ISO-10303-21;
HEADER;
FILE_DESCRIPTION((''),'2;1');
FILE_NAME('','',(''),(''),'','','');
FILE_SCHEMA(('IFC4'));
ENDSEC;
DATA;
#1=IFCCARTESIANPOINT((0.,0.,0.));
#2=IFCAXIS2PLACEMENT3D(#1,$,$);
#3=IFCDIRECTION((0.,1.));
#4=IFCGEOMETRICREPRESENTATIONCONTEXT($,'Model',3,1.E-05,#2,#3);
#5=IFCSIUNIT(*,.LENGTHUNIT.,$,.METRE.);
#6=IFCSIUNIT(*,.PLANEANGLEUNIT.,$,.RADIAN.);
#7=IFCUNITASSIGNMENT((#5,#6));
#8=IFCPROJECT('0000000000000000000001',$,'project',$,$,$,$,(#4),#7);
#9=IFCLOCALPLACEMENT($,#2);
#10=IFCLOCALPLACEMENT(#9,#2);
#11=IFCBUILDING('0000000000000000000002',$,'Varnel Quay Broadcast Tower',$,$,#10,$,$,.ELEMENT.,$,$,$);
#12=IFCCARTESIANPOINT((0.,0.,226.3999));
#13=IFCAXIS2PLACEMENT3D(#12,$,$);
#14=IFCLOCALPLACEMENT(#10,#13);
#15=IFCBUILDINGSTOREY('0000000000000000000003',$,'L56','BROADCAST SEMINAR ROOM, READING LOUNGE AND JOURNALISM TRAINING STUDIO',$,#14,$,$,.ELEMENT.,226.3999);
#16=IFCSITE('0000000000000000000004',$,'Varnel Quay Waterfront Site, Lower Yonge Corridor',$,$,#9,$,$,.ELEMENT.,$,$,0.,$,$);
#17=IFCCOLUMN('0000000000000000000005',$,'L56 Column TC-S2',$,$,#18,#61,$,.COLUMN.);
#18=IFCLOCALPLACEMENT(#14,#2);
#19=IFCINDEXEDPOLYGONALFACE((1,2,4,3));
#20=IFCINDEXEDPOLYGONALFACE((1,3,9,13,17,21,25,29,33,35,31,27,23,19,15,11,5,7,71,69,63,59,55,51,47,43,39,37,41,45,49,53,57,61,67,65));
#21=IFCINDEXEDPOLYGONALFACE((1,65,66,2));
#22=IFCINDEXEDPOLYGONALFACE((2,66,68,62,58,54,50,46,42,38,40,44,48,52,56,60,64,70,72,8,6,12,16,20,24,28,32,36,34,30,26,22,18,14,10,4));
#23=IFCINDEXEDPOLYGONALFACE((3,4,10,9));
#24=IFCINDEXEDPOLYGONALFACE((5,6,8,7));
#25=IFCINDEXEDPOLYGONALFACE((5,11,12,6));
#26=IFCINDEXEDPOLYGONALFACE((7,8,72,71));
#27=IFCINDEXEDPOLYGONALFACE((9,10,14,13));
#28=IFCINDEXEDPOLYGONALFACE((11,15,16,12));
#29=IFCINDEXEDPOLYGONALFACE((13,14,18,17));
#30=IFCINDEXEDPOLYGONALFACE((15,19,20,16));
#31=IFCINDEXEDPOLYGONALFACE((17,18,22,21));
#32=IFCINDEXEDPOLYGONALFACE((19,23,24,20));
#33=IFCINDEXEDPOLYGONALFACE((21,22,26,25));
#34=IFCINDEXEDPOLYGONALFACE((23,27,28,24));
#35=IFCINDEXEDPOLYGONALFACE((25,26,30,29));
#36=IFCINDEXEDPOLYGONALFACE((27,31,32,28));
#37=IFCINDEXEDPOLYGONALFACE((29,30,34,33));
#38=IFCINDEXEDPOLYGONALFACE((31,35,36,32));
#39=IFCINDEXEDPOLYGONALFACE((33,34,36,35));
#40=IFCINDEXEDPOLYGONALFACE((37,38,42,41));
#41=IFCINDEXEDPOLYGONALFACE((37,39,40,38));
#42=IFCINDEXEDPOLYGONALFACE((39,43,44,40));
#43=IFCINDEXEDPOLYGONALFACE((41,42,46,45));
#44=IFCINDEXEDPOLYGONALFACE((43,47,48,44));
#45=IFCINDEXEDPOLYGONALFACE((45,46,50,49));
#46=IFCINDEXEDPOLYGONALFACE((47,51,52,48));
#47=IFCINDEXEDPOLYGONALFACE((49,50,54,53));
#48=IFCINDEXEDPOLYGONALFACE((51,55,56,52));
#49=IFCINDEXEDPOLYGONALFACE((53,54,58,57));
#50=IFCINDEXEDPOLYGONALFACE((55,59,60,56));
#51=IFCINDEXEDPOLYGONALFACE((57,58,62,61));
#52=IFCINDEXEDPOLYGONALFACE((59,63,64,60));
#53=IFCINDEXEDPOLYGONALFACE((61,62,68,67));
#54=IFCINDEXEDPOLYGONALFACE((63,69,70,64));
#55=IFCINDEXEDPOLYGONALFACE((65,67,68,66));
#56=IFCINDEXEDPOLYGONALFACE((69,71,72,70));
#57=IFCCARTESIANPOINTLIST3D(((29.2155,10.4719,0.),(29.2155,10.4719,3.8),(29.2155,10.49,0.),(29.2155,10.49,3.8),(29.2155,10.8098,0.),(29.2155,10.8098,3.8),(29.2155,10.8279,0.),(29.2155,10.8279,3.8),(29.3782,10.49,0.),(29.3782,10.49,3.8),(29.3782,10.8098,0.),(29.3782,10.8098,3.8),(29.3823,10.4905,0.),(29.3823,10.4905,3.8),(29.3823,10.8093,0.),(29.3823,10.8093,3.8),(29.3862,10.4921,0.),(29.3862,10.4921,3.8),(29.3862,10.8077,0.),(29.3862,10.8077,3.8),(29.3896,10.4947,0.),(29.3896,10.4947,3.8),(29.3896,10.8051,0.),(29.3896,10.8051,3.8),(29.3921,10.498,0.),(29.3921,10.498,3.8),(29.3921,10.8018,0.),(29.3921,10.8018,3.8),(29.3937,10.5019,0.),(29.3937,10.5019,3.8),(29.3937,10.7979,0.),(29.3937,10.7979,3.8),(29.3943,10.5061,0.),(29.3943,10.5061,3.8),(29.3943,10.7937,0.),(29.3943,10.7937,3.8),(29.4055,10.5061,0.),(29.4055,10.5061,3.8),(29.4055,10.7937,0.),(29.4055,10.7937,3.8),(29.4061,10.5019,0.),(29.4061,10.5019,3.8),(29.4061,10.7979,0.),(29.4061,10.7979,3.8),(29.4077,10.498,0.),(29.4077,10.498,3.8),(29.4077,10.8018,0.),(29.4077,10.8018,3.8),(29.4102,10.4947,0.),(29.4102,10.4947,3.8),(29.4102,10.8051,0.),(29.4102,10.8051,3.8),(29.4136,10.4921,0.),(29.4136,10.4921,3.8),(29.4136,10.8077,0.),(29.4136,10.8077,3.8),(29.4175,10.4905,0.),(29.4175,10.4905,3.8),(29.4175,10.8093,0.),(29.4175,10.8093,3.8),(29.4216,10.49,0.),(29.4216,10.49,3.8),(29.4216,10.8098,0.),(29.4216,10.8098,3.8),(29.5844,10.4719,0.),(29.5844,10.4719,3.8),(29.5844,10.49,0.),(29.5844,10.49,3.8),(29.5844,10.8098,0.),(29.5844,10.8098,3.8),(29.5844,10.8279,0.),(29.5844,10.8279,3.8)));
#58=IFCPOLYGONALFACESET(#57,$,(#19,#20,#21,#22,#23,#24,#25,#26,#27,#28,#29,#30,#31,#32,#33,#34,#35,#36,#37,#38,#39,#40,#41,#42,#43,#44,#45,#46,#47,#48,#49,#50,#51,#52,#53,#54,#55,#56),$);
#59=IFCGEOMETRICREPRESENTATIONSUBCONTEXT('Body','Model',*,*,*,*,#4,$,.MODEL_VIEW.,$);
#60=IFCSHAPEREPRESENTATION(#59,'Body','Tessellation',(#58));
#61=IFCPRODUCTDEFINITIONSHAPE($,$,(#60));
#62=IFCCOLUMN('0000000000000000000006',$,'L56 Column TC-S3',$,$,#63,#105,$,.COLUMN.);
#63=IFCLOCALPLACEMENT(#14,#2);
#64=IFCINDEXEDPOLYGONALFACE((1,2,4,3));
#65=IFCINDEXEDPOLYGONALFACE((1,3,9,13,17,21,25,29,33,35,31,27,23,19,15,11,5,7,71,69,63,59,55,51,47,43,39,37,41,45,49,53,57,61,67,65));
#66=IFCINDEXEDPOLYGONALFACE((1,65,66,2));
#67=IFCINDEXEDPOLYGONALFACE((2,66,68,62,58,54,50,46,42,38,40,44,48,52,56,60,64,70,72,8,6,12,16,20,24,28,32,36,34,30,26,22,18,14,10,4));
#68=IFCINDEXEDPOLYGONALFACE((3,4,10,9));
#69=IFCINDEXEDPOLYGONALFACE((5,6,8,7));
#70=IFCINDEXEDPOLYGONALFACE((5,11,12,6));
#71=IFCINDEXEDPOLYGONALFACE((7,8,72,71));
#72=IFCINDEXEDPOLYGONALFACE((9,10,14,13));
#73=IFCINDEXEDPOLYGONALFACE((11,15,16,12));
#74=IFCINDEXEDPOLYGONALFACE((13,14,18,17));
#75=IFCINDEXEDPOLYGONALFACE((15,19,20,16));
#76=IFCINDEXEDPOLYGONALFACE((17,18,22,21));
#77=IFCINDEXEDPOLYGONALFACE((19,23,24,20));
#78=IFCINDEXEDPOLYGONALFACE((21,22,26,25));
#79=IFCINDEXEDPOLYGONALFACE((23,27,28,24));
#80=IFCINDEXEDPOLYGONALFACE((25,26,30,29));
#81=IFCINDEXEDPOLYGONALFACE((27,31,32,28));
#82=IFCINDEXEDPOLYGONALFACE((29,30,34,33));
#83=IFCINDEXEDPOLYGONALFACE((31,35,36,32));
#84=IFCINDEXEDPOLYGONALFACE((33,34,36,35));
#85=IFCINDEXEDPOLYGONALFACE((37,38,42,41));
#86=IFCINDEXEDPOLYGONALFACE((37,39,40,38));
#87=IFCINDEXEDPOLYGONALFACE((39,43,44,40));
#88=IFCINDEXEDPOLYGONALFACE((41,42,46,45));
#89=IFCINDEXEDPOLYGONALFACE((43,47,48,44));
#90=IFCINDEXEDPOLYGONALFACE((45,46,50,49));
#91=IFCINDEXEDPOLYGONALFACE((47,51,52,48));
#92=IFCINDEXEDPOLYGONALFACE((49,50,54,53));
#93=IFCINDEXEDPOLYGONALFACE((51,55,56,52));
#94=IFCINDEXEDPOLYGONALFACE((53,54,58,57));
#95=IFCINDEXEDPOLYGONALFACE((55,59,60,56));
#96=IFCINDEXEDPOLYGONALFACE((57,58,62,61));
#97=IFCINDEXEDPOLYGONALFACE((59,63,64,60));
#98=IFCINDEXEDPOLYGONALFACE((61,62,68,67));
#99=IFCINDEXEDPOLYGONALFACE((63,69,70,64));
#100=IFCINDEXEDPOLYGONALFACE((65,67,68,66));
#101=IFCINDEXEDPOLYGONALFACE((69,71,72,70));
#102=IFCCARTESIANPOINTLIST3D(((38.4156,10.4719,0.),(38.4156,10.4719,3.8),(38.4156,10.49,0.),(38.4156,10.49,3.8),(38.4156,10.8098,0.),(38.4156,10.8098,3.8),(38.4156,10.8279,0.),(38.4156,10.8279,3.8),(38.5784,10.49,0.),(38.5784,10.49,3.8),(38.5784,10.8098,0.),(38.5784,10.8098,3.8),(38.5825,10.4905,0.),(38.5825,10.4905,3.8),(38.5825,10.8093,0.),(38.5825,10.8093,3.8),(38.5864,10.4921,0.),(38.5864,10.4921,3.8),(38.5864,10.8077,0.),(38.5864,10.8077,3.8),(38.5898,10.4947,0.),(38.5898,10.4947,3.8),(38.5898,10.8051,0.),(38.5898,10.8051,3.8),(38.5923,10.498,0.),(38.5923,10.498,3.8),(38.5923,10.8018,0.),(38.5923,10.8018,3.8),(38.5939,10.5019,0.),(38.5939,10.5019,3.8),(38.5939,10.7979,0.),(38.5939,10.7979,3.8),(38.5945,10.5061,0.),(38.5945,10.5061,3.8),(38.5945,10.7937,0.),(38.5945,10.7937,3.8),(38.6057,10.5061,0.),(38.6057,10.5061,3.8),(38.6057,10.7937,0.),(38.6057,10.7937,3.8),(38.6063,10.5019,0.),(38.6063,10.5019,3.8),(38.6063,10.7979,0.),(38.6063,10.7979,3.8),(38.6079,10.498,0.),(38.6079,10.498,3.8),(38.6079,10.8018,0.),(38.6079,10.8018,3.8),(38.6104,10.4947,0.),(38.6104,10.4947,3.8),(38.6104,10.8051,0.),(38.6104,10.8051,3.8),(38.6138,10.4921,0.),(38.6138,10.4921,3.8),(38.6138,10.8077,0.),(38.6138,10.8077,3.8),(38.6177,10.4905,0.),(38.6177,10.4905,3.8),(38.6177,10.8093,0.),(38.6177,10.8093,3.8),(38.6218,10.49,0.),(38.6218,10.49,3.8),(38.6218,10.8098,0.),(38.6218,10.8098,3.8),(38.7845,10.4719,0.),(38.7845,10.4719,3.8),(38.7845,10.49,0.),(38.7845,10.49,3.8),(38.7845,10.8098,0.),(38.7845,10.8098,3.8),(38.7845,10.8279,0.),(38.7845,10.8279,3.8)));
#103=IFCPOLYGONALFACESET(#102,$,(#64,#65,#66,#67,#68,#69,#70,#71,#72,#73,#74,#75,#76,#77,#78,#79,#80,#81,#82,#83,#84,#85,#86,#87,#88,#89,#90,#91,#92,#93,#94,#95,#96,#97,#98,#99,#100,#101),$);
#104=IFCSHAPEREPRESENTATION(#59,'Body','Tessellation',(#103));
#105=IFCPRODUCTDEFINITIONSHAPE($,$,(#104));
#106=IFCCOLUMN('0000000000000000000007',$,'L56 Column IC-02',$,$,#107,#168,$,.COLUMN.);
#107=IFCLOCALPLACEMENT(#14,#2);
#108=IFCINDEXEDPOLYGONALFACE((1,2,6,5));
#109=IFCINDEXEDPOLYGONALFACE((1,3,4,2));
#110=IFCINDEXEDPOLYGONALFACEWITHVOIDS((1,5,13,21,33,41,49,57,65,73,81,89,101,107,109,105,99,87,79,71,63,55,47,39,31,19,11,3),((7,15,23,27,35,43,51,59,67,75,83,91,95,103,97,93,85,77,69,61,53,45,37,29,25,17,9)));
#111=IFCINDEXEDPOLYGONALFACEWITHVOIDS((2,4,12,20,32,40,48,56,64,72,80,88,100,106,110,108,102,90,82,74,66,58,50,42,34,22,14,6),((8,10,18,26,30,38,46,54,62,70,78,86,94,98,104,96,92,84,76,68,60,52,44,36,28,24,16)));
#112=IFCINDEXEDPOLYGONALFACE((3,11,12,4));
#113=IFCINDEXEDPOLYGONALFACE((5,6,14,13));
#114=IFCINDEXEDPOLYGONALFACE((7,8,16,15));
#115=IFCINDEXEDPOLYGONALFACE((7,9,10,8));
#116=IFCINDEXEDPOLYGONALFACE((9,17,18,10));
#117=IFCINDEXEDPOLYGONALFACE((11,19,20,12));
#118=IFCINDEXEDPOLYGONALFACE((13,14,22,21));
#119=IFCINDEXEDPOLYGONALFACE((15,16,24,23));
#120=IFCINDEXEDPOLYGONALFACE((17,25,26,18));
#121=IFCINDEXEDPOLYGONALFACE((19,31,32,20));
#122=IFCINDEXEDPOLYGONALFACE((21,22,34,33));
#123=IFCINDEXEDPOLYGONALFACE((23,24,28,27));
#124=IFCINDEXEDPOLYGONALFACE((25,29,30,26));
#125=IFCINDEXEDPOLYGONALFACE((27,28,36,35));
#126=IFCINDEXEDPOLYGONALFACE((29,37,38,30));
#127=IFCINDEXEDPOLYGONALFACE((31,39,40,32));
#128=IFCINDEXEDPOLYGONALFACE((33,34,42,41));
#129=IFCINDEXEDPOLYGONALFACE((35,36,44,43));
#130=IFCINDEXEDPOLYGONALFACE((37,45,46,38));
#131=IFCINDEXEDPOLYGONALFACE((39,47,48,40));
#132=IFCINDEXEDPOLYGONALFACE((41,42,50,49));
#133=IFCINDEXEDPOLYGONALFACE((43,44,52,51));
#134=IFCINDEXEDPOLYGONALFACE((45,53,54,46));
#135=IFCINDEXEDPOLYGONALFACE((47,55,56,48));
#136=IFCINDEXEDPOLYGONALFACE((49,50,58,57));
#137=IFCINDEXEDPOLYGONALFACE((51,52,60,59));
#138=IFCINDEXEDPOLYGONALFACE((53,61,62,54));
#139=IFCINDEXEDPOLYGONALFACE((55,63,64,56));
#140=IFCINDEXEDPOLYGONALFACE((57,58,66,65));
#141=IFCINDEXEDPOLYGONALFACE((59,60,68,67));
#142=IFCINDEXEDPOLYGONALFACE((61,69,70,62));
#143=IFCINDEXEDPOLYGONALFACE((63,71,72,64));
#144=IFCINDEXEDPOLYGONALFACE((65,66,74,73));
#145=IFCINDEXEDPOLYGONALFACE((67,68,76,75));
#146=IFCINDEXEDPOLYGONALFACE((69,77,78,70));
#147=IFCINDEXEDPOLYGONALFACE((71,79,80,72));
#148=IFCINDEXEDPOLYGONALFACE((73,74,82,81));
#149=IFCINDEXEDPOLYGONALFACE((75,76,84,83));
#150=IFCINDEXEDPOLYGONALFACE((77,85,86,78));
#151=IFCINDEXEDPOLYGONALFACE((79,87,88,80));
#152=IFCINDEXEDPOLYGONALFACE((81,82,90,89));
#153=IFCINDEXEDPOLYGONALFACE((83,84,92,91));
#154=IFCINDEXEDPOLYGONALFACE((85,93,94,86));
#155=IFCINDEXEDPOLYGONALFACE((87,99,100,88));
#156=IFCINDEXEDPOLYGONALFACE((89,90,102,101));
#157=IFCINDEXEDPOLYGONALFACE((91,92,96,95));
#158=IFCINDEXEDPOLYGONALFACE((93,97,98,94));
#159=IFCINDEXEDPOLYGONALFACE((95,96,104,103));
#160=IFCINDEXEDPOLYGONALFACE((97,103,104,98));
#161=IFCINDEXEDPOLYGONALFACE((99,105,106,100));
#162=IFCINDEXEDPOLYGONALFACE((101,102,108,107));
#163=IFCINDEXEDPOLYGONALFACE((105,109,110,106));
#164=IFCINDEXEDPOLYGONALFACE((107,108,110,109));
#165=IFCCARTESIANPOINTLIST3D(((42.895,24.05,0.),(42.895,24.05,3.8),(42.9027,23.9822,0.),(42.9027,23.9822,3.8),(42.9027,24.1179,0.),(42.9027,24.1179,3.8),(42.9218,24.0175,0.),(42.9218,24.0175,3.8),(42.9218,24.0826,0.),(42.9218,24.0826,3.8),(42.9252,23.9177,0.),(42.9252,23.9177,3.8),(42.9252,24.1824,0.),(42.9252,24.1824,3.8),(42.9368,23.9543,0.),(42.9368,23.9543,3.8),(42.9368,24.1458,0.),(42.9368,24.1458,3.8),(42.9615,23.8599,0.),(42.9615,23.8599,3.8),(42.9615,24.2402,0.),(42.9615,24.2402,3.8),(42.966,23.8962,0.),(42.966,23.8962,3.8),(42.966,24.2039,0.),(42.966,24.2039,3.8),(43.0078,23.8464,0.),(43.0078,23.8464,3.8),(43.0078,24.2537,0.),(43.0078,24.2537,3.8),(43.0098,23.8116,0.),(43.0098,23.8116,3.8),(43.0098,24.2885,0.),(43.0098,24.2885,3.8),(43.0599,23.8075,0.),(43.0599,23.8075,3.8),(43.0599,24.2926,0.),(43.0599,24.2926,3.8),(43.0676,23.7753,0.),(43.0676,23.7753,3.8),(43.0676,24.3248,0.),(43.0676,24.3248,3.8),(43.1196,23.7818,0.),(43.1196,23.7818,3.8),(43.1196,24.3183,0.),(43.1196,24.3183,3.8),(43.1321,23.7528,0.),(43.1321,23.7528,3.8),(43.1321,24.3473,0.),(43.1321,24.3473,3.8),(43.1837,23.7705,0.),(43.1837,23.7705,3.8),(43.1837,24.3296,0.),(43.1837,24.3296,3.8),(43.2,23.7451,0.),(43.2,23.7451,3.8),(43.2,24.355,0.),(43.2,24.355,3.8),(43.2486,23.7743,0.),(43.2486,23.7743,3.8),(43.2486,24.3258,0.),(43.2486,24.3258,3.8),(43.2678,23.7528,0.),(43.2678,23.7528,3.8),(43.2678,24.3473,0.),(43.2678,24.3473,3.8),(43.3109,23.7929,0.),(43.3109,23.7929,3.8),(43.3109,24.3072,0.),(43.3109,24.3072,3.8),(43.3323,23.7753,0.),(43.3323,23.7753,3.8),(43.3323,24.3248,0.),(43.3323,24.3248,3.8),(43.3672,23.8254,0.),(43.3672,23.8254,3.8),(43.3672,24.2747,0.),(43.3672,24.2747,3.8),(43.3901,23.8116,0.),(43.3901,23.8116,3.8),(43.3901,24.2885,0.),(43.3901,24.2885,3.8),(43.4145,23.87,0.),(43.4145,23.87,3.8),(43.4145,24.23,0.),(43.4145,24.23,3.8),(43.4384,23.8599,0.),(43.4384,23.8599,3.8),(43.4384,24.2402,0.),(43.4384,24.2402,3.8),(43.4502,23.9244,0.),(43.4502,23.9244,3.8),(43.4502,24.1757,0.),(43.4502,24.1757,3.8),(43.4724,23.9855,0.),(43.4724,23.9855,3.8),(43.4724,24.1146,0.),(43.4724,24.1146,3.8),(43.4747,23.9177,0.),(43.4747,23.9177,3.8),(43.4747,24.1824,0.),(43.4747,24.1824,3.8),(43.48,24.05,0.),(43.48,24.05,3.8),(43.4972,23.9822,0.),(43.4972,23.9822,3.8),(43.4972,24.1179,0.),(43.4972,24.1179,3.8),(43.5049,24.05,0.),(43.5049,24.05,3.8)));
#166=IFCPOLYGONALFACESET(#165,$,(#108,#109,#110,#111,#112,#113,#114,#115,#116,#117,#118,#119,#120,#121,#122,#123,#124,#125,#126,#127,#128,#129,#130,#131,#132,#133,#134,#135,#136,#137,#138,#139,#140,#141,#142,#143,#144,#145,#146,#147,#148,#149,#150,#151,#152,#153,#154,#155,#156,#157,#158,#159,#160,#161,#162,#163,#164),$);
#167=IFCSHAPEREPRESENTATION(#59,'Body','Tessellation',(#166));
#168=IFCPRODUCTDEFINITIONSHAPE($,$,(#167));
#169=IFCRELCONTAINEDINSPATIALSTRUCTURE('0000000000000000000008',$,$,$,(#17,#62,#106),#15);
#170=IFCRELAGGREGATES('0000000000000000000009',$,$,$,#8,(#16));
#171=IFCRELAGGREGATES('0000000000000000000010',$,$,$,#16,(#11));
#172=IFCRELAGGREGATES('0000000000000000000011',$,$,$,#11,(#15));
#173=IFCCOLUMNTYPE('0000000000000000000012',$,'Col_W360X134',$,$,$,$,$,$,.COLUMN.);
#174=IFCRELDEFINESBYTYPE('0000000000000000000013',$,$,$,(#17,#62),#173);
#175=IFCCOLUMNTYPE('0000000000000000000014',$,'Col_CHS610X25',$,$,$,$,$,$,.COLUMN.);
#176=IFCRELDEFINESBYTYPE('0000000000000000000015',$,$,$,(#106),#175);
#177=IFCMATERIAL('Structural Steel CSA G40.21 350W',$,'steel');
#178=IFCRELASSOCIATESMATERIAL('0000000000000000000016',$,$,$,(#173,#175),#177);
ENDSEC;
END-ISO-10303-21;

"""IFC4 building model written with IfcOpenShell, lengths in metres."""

from ifc_helpers import new_model, si_unit, direction, frame, origin, origin_2d, place, context, subcontext, project, spatial, hollow_circle, i_section, extrude, source, transform, mapped, material, material_profile, profile_set, type_object, type_shapes, element, save


model = new_model("IFC4")

# Units and contexts
model_context = context("Model", 3, precision=1e-05, world=origin(), true_north=direction((0.0, 1.0)))
body_context = subcontext(model_context, "Body", "Model", "MODEL_VIEW")
ifc_project = project(units=[si_unit("LENGTHUNIT", "METRE"), si_unit("PLANEANGLEUNIT", "RADIAN")], contexts=[model_context])

# Site, building, storey
site_placement = place(None, origin())
site = spatial("IfcSite", under=ifc_project, at=site_placement, Name="Varnel Quay Waterfront Site, Lower Yonge Corridor", CompositionType="ELEMENT", RefElevation=0.0)
building_placement = place(site_placement, origin())
building = spatial("IfcBuilding", under=site, at=building_placement, Name="Varnel Quay Broadcast Tower", CompositionType="ELEMENT")
storey_placement = place(building_placement, frame((0.0, 0.0, 226.3999)))
storey = spatial("IfcBuildingStorey", under=building, at=storey_placement, Name="L56", Description="BROADCAST SEMINAR ROOM, READING LOUNGE AND JOURNALISM TRAINING STUDIO", CompositionType="ELEMENT", Elevation=226.3999)

# Columns
ifc_material_1 = material(Name="Structural Steel CSA G40.21 350W", Category="steel")
ifc_material_profile_1 = material_profile(ifc_material_1, i_section(OverallWidth=0.3689, OverallDepth=0.356, WebThickness=0.0112, FlangeThickness=0.0181, FilletRadius=0.0161, at=origin_2d()), Name="W360X134")
ifc_profile_set_1 = profile_set([ifc_material_profile_1], Name="Structural Steel CSA G40.21 350W")
column_type_1 = type_object("IfcColumnType", Name="Col_W360X134", PredefinedType="COLUMN", material=ifc_profile_set_1)
shared_shape_1 = source(origin(), body_context, "Body", "SweptSolid", [
    extrude(i_section(OverallWidth=0.3689, OverallDepth=0.356, WebThickness=0.0112, FlangeThickness=0.0181, FilletRadius=0.0161, at=origin_2d()), origin(), (0.0, 0.0, 1.0), 3.8),
])
type_shapes(column_type_1, [shared_shape_1])
for number, where, z_axis, x_axis, name in (
    (1, (29.3999, 10.6499, 0.0), (0.0, 0.0, 1.0), (1.0, 0.0, 0.0), "L56 Column TC-S2"),
    (2, (38.6001, 10.6499, 0.0), (0.0, 0.0, 1.0), (1.0, 0.0, 0.0), "L56 Column TC-S3"),
):
    element("IfcColumn", number, at=place(storey_placement, frame(where, z_axis=z_axis, x_axis=x_axis)), inside=storey, type_object=column_type_1, Name=name, PredefinedType="COLUMN", context=body_context, shape_type="MappedRepresentation", body=[
        mapped(shared_shape_1, transform((0.0, 0.0, 0.0), x_axis=(1.0, 0.0, 0.0), y_axis=(0.0, 1.0, 0.0), z_axis=(0.0, 0.0, 1.0), scale=1.0)),
    ])
ifc_material_profile_2 = material_profile(ifc_material_1, hollow_circle(Radius=0.3049, WallThickness=0.0249, at=origin_2d()), Name="CHS610X25")
ifc_profile_set_2 = profile_set([ifc_material_profile_2], Name="Structural Steel CSA G40.21 350W")
column_type_2 = type_object("IfcColumnType", Name="Col_CHS610X25", PredefinedType="COLUMN", material=ifc_profile_set_2)
shared_shape_2 = source(origin(), body_context, "Body", "SweptSolid", [
    extrude(hollow_circle(Radius=0.3049, WallThickness=0.0249, at=origin_2d()), origin(), (0.0, 0.0, 1.0), 3.8),
])
type_shapes(column_type_2, [shared_shape_2])
column_placement = place(storey_placement, frame((43.2, 24.05, 0.0), z_axis=(0.0, 0.0, 1.0), x_axis=(1.0, 0.0, 0.0)))
element("IfcColumn", 3, at=column_placement, inside=storey, type_object=column_type_2, Name="L56 Column IC-02", PredefinedType="COLUMN", context=body_context, shape_type="MappedRepresentation", body=[
    mapped(shared_shape_2, transform((0.0, 0.0, 0.0), x_axis=(1.0, 0.0, 0.0), y_axis=(0.0, 1.0, 0.0), z_axis=(0.0, 0.0, 1.0), scale=1.0)),
])

save(model, "model.ifc")
